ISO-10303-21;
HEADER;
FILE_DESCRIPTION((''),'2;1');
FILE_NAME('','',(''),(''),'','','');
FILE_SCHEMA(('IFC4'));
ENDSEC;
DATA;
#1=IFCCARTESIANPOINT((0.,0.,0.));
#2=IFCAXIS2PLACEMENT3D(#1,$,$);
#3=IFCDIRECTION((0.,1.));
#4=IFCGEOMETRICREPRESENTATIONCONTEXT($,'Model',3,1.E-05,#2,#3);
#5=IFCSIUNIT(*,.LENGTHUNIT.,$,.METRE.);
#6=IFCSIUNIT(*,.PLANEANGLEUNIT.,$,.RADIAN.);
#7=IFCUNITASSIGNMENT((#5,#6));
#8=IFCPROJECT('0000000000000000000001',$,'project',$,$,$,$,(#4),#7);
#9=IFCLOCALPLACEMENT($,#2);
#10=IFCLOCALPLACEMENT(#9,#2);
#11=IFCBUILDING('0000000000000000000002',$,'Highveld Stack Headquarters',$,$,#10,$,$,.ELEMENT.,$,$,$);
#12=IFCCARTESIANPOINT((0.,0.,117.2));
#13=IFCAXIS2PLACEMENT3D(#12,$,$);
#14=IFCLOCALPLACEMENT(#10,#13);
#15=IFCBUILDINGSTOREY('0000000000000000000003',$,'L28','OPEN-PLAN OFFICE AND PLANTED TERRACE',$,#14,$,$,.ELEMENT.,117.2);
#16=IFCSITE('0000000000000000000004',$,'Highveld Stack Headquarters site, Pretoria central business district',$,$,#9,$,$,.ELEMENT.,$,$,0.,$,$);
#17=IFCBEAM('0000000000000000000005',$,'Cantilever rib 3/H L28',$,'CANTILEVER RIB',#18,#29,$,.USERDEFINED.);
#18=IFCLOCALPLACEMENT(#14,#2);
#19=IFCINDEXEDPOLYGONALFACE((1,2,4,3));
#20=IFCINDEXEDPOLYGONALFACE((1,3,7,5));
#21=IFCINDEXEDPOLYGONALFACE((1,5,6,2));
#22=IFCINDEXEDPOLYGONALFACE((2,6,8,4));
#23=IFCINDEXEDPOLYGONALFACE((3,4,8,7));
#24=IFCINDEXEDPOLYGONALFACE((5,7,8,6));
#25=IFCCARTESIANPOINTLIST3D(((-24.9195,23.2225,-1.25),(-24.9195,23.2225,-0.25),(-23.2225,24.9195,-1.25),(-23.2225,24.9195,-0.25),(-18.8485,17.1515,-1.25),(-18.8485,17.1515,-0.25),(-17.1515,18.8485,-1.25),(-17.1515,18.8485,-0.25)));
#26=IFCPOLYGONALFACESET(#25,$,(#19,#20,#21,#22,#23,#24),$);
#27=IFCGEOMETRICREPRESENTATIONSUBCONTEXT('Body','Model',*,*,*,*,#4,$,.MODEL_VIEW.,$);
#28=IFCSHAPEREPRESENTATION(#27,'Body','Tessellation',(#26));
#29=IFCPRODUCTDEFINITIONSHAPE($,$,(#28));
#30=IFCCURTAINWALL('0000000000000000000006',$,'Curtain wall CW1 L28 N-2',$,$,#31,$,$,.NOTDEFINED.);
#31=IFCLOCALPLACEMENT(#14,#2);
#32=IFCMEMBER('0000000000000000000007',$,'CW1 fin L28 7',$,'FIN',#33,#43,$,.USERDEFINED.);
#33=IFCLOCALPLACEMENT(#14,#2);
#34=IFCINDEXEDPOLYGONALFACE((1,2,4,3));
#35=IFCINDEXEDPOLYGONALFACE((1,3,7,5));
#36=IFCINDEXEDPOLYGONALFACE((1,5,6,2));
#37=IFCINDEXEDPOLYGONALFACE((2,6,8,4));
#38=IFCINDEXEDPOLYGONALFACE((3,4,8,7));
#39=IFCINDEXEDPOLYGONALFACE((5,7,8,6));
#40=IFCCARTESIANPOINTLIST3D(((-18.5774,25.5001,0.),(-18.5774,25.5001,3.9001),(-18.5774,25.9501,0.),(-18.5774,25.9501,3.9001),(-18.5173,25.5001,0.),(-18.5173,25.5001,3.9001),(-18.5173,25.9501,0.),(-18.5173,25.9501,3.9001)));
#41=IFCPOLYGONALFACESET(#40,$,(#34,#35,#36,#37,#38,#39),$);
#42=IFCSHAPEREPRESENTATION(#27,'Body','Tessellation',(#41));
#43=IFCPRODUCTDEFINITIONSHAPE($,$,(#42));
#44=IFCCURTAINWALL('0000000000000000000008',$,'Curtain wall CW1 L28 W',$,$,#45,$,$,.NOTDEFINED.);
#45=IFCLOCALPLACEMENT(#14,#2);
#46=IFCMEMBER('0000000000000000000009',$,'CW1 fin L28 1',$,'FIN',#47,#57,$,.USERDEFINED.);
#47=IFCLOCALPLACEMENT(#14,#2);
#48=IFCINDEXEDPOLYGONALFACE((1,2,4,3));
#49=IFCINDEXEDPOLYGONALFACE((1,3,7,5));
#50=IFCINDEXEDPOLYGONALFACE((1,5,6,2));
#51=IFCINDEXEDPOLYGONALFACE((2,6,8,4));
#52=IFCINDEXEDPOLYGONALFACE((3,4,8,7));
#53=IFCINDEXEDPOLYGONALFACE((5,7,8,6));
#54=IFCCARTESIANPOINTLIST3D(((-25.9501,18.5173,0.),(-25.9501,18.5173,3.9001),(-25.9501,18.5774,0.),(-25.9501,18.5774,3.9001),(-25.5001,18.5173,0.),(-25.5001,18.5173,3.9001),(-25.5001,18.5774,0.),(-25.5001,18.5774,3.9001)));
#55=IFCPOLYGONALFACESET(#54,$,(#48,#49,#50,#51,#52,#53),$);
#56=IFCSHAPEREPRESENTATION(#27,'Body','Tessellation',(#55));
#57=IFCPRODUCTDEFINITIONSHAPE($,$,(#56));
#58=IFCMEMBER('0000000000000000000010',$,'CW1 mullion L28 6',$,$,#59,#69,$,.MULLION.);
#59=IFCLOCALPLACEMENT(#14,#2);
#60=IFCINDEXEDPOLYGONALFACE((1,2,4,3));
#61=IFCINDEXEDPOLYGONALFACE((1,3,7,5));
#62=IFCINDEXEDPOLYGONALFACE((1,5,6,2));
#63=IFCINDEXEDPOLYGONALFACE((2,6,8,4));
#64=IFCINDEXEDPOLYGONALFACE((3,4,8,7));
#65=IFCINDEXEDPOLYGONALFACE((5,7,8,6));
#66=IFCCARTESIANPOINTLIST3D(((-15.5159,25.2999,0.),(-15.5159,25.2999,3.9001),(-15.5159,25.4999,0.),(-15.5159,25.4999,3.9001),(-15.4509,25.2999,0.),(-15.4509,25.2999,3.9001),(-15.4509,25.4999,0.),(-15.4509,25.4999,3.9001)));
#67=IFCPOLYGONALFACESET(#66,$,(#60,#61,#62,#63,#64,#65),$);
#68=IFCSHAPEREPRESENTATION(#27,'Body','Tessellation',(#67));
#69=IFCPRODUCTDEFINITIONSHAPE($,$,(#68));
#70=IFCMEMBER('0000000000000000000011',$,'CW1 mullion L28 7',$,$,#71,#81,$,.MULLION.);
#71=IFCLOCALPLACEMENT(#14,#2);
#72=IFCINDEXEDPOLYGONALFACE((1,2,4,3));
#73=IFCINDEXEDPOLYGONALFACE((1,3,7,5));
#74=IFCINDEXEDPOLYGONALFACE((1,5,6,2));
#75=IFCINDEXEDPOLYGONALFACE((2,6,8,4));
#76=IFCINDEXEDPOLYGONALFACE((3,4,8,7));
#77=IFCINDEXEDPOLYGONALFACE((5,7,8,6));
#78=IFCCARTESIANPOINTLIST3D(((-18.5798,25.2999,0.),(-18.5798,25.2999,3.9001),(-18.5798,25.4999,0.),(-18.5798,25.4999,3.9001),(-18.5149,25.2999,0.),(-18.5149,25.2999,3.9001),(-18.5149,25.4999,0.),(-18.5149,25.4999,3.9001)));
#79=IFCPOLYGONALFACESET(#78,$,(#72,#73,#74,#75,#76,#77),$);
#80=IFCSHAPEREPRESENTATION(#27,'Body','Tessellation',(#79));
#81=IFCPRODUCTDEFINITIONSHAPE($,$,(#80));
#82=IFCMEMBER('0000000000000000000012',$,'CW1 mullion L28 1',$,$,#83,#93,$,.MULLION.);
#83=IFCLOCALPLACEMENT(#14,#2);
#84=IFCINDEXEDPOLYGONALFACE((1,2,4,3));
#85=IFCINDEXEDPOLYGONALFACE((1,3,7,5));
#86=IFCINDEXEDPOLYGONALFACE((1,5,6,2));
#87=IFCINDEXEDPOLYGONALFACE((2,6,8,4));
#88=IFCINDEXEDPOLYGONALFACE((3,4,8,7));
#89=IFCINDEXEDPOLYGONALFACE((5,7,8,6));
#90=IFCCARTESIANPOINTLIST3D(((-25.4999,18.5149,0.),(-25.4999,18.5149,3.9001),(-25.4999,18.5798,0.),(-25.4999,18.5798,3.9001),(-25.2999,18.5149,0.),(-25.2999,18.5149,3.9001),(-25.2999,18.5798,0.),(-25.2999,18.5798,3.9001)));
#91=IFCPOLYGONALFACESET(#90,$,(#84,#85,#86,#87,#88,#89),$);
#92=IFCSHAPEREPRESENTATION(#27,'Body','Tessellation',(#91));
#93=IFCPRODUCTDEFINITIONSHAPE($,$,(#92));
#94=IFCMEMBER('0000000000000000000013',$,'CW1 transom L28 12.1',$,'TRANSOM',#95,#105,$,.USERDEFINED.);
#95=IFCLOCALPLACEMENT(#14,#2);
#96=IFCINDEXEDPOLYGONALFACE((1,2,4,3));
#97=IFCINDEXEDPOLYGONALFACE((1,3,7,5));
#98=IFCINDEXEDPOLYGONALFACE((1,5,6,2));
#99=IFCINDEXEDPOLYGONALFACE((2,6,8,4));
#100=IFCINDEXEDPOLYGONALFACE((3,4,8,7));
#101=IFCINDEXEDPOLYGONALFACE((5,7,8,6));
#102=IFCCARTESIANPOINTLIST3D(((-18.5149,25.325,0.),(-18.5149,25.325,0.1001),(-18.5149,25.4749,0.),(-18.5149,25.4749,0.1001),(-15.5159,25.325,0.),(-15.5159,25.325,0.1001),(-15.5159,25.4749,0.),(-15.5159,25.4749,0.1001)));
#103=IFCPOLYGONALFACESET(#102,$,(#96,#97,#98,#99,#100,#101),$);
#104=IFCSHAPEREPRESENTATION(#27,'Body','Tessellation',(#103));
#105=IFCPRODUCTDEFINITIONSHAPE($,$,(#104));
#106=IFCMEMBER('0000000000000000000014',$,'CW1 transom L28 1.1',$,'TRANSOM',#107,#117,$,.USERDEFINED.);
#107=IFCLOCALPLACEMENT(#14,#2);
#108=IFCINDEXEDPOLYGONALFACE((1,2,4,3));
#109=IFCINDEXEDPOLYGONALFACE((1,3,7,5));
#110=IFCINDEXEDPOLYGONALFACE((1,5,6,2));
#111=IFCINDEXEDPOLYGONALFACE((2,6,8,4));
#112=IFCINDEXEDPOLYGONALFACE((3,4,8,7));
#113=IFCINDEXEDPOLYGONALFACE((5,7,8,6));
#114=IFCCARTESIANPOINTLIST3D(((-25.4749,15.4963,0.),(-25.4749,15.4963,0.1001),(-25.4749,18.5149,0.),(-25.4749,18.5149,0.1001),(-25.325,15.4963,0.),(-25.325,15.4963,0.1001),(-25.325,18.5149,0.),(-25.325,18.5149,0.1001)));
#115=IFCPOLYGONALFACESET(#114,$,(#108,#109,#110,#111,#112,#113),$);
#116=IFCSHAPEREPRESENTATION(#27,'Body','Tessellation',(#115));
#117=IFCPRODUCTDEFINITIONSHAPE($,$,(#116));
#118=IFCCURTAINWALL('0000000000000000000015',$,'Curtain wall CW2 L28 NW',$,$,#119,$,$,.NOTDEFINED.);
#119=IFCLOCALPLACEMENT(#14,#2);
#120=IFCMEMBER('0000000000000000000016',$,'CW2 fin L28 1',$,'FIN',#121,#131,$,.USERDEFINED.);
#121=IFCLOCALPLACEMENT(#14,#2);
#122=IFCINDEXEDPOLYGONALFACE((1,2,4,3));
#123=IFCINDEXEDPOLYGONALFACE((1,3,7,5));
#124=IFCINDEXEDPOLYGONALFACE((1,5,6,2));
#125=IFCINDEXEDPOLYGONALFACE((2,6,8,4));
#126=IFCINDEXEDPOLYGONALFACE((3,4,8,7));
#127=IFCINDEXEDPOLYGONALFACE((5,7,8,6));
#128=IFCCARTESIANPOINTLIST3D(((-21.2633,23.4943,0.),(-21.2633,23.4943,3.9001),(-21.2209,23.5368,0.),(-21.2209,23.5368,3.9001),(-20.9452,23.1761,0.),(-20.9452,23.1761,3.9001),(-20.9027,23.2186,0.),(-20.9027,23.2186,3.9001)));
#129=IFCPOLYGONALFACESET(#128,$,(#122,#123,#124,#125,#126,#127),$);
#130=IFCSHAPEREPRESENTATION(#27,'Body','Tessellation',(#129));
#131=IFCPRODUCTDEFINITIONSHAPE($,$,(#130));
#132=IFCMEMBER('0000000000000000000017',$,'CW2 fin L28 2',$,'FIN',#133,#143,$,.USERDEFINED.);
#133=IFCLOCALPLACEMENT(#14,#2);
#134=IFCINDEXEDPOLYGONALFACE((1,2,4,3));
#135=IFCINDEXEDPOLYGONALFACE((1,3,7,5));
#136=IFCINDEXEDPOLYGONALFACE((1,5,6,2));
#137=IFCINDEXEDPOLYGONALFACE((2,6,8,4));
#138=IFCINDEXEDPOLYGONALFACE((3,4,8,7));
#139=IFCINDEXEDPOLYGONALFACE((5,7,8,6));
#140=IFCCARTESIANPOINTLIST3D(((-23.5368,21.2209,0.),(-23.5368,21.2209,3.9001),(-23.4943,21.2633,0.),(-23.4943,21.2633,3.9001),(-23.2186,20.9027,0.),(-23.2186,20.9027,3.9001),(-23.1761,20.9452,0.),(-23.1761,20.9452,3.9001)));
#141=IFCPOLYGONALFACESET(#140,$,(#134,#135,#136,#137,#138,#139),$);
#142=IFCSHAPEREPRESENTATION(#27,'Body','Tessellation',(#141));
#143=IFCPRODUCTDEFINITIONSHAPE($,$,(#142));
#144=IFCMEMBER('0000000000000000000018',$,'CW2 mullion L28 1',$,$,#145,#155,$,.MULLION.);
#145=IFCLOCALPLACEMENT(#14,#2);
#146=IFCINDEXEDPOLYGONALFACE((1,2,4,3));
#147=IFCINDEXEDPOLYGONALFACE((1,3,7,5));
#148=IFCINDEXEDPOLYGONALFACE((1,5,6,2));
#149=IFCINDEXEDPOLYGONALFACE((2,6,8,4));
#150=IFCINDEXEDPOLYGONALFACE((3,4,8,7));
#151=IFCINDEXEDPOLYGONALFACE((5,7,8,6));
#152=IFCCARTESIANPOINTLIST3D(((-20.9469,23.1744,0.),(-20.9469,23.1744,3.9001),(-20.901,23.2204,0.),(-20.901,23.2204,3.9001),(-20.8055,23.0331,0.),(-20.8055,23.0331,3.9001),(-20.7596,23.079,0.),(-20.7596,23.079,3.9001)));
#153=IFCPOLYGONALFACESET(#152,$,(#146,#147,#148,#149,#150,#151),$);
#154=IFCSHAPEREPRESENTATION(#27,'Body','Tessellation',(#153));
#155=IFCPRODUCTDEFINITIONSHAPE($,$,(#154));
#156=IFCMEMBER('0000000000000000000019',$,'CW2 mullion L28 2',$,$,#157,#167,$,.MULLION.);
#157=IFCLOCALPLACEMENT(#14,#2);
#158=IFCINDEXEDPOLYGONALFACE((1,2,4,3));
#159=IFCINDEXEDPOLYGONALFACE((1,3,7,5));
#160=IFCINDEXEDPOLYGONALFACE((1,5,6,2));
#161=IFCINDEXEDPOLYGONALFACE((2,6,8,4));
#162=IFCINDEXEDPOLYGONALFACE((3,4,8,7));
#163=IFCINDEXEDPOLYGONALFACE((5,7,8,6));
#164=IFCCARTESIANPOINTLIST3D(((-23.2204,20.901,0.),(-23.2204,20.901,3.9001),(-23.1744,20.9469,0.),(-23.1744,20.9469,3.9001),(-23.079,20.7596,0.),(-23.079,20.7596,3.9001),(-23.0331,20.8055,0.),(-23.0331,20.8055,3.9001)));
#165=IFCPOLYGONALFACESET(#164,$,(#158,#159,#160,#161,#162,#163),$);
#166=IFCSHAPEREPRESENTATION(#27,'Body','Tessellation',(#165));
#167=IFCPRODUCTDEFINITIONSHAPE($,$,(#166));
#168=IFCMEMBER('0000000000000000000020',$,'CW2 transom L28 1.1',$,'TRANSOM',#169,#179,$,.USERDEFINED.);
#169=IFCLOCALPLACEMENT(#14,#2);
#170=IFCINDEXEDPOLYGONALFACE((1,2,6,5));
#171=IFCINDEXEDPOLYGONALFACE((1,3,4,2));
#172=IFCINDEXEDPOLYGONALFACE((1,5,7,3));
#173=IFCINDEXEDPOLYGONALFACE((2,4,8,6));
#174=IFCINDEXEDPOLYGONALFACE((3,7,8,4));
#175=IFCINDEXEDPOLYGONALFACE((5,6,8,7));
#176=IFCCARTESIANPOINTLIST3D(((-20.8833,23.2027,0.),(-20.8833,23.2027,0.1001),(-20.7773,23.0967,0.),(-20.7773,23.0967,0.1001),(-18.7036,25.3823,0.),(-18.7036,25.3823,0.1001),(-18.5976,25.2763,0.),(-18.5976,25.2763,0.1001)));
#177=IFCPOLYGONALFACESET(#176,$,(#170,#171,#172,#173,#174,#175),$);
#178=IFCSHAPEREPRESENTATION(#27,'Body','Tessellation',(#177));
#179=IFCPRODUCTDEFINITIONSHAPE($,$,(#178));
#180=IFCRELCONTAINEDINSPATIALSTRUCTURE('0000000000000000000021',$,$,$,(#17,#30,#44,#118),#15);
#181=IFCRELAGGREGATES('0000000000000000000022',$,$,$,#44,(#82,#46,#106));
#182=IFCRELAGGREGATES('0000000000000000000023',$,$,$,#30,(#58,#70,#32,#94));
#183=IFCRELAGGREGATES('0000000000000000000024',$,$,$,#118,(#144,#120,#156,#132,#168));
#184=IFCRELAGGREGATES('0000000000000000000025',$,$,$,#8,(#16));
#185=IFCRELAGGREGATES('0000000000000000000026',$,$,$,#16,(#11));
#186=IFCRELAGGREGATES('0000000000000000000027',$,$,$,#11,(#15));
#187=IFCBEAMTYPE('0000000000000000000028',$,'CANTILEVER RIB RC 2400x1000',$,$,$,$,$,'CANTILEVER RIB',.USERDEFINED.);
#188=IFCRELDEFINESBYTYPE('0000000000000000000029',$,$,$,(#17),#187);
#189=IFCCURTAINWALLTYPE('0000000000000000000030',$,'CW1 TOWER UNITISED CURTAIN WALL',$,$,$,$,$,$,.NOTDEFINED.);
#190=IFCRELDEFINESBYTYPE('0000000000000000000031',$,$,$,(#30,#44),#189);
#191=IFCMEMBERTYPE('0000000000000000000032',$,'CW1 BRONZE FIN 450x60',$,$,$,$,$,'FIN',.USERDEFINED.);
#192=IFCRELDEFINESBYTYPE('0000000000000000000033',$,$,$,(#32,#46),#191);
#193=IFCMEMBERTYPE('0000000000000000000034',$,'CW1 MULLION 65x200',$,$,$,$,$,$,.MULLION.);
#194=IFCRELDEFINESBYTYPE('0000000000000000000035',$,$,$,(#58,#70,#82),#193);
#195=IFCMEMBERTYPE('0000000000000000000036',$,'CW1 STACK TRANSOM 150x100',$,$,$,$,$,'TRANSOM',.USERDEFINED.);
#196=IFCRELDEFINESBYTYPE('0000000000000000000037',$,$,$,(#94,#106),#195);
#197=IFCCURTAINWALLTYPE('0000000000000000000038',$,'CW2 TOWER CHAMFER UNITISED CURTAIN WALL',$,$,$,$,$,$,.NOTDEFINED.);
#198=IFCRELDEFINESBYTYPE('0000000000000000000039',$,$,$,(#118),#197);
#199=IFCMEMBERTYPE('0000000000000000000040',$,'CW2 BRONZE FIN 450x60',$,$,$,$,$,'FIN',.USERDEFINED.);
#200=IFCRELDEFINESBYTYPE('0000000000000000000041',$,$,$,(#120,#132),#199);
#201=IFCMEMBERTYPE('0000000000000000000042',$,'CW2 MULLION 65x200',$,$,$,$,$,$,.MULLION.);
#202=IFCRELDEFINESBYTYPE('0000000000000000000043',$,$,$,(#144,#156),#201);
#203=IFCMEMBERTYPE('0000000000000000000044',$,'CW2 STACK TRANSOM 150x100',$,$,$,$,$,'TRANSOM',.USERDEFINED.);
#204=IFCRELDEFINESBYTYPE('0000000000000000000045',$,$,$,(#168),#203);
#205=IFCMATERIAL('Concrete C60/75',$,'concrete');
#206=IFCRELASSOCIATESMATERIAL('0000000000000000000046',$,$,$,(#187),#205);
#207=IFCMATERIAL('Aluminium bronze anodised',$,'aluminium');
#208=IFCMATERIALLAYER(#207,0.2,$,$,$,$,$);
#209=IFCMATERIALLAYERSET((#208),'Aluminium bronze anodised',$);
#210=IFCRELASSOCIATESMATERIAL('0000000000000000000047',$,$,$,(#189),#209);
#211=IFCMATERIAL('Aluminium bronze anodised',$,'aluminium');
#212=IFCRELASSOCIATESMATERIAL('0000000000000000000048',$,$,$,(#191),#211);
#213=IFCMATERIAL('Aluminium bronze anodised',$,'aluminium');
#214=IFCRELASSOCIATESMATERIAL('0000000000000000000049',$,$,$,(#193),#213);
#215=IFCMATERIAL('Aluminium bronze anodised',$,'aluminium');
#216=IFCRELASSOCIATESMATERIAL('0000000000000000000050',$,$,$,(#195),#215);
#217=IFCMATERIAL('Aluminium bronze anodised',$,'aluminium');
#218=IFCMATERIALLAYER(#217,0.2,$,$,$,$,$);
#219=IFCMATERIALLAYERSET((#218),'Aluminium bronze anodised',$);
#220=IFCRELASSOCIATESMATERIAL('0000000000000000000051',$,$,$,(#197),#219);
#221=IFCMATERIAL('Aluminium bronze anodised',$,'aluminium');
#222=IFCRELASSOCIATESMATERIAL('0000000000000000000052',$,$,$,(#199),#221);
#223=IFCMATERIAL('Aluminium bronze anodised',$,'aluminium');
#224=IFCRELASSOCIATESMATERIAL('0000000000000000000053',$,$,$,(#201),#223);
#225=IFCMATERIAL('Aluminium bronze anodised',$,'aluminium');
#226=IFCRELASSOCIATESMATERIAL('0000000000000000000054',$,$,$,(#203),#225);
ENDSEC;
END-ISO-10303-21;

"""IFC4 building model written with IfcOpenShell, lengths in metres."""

from ifc_helpers import new_model, si_unit, direction, frame, origin, origin_2d, place, context, subcontext, project, spatial, rectangle, extrude, material, layer, layer_set, material_profile, profile_set, type_object, element, aggregate, save


model = new_model("IFC4")

# Units and contexts
model_context = context("Model", 3, precision=1e-05, world=origin(), true_north=direction((0.0, 1.0)))
body_context = subcontext(model_context, "Body", "Model", "MODEL_VIEW")
ifc_project = project(units=[si_unit("LENGTHUNIT", "METRE"), si_unit("PLANEANGLEUNIT", "RADIAN")], contexts=[model_context])

# Site, building, storey
site_placement = place(None, origin())
site = spatial("IfcSite", under=ifc_project, at=site_placement, Name="Highveld Stack Headquarters site, Pretoria central business district", CompositionType="ELEMENT", RefElevation=0.0)
building_placement = place(site_placement, origin())
building = spatial("IfcBuilding", under=site, at=building_placement, Name="Highveld Stack Headquarters", CompositionType="ELEMENT")
storey_placement = place(building_placement, frame((0.0, 0.0, 117.2)))
storey = spatial("IfcBuildingStorey", under=building, at=storey_placement, Name="L28", Description="OPEN-PLAN OFFICE AND PLANTED TERRACE", CompositionType="ELEMENT", Elevation=117.2)

# Beam
ifc_material_1 = material(Name="Concrete C60/75", Category="concrete")
ifc_material_profile_1 = material_profile(ifc_material_1, rectangle(XDim=2.3999, YDim=1.0, at=origin_2d()), Name="RC 2400x1000")
ifc_profile_set_1 = profile_set([ifc_material_profile_1], Name="Concrete C60/75")
beam_type_1 = type_object("IfcBeamType", Name="CANTILEVER RIB RC 2400x1000", ElementType="CANTILEVER RIB", PredefinedType="USERDEFINED", material=ifc_profile_set_1)
beam_1_placement = place(storey_placement, frame((-18.0, 18.0, -0.75), z_axis=(-0.707107, 0.707107, 0.0), x_axis=(-0.707107, -0.707107, 0.0)))
element("IfcBeam", 1, at=beam_1_placement, inside=storey, type_object=beam_type_1, Name="Cantilever rib 3/H L28", ObjectType="CANTILEVER RIB", PredefinedType="USERDEFINED", context=body_context, shape_type="SweptSolid", body=[
    extrude(rectangle(XDim=2.3999, YDim=1.0, at=origin_2d()), origin(), (0.0, 0.0, 1.0), 8.5857),
])

# Curtain walls, members
ifc_material_2 = material(Name="Aluminium bronze anodised", Category="aluminium")
ifc_layer_1 = layer(ifc_material_2, 0.2)
ifc_layer_set_1 = layer_set([ifc_layer_1], Name="Aluminium bronze anodised")
curtain_wall_type_1 = type_object("IfcCurtainWallType", Name="CW1 TOWER UNITISED CURTAIN WALL", PredefinedType="NOTDEFINED", material=ifc_layer_set_1)
curtain_wall_1_placement = place(storey_placement, origin())
curtain_wall_1 = element("IfcCurtainWall", 2, at=curtain_wall_1_placement, inside=storey, type_object=curtain_wall_type_1, Name="Curtain wall CW1 L28 N-2", PredefinedType="NOTDEFINED")
ifc_material_3 = material(Name="Aluminium bronze anodised", Category="aluminium")
ifc_material_profile_2 = material_profile(ifc_material_3, rectangle(XDim=0.45, YDim=0.0601, at=origin_2d()), Name="FIN 450x60")
ifc_profile_set_2 = profile_set([ifc_material_profile_2], Name="Aluminium bronze anodised")
member_type_1 = type_object("IfcMemberType", Name="CW1 BRONZE FIN 450x60", ElementType="FIN", PredefinedType="USERDEFINED", material=ifc_profile_set_2)
member_1_placement = place(storey_placement, frame((-18.5474, 25.7251, 0.0), z_axis=(0.0, 0.0, 1.0), x_axis=(0.0, -1.0, 0.0)))
member_1 = element("IfcMember", 3, at=member_1_placement, type_object=member_type_1, Name="CW1 fin L28 7", ObjectType="FIN", PredefinedType="USERDEFINED", context=body_context, shape_type="SweptSolid", body=[
    extrude(rectangle(XDim=0.45, YDim=0.0601, at=origin_2d()), origin(), (0.0, 0.0, 1.0), 3.9001),
])
curtain_wall_2_placement = place(storey_placement, origin())
curtain_wall_2 = element("IfcCurtainWall", 4, at=curtain_wall_2_placement, inside=storey, type_object=curtain_wall_type_1, Name="Curtain wall CW1 L28 W", PredefinedType="NOTDEFINED")
member_2_placement = place(storey_placement, frame((-25.7251, 18.5474, 0.0), z_axis=(0.0, 0.0, 1.0), x_axis=(1.0, 0.0, 0.0)))
member_2 = element("IfcMember", 5, at=member_2_placement, type_object=member_type_1, Name="CW1 fin L28 1", ObjectType="FIN", PredefinedType="USERDEFINED", context=body_context, shape_type="SweptSolid", body=[
    extrude(rectangle(XDim=0.45, YDim=0.0601, at=origin_2d()), origin(), (0.0, 0.0, 1.0), 3.9001),
])

# Members
ifc_material_4 = material(Name="Aluminium bronze anodised", Category="aluminium")
ifc_material_profile_3 = material_profile(ifc_material_4, rectangle(XDim=0.2, YDim=0.0649, at=origin_2d()), Name="CW1 MULLION 65x200")
ifc_profile_set_3 = profile_set([ifc_material_profile_3], Name="Aluminium bronze anodised")
member_type_2 = type_object("IfcMemberType", Name="CW1 MULLION 65x200", PredefinedType="MULLION", material=ifc_profile_set_3)
member_3_placement = place(storey_placement, frame((-15.4834, 25.3999, 0.0), z_axis=(0.0, 0.0, 1.0), x_axis=(0.0, -1.0, 0.0)))
member_3 = element("IfcMember", 6, at=member_3_placement, type_object=member_type_2, Name="CW1 mullion L28 6", PredefinedType="MULLION", context=body_context, shape_type="SweptSolid", body=[
    extrude(rectangle(XDim=0.2, YDim=0.0649, at=origin_2d()), origin(), (0.0, 0.0, 1.0), 3.9001),
])
member_4_placement = place(storey_placement, frame((-18.5474, 25.3999, 0.0), z_axis=(0.0, 0.0, 1.0), x_axis=(0.0, -1.0, 0.0)))
member_4 = element("IfcMember", 7, at=member_4_placement, type_object=member_type_2, Name="CW1 mullion L28 7", PredefinedType="MULLION", context=body_context, shape_type="SweptSolid", body=[
    extrude(rectangle(XDim=0.2, YDim=0.0649, at=origin_2d()), origin(), (0.0, 0.0, 1.0), 3.9001),
])
member_5_placement = place(storey_placement, frame((-25.3999, 18.5474, 0.0), z_axis=(0.0, 0.0, 1.0), x_axis=(1.0, 0.0, 0.0)))
member_5 = element("IfcMember", 8, at=member_5_placement, type_object=member_type_2, Name="CW1 mullion L28 1", PredefinedType="MULLION", context=body_context, shape_type="SweptSolid", body=[
    extrude(rectangle(XDim=0.2, YDim=0.0649, at=origin_2d()), origin(), (0.0, 0.0, 1.0), 3.9001),
])
ifc_material_5 = material(Name="Aluminium bronze anodised", Category="aluminium")
ifc_material_profile_4 = material_profile(ifc_material_5, rectangle(XDim=0.1499, YDim=0.1001, at=origin_2d()), Name="CW1 TRANSOM 150x100")
ifc_profile_set_4 = profile_set([ifc_material_profile_4], Name="Aluminium bronze anodised")
member_type_3 = type_object("IfcMemberType", Name="CW1 STACK TRANSOM 150x100", ElementType="TRANSOM", PredefinedType="USERDEFINED", material=ifc_profile_set_4)
member_6_placement = place(storey_placement, frame((-15.5159, 25.3999, 0.05), z_axis=(-1.0, 0.0, 0.0), x_axis=(0.0, -1.0, 0.0)))
member_6 = element("IfcMember", 9, at=member_6_placement, type_object=member_type_3, Name="CW1 transom L28 12.1", ObjectType="TRANSOM", PredefinedType="USERDEFINED", context=body_context, shape_type="SweptSolid", body=[
    extrude(rectangle(XDim=0.1499, YDim=0.1001, at=origin_2d()), origin(), (0.0, 0.0, 1.0), 2.999),
])
member_7_placement = place(storey_placement, frame((-25.3999, 18.5149, 0.05), z_axis=(0.0, -1.0, 0.0), x_axis=(1.0, 0.0, 0.0)))
member_7 = element("IfcMember", 10, at=member_7_placement, type_object=member_type_3, Name="CW1 transom L28 1.1", ObjectType="TRANSOM", PredefinedType="USERDEFINED", context=body_context, shape_type="SweptSolid", body=[
    extrude(rectangle(XDim=0.1499, YDim=0.1001, at=origin_2d()), origin(), (0.0, 0.0, 1.0), 3.0186),
])
aggregate(curtain_wall_2, [member_5, member_2, member_7])

# Curtain wall, members
ifc_material_6 = material(Name="Aluminium bronze anodised", Category="aluminium")
ifc_layer_2 = layer(ifc_material_6, 0.2)
ifc_layer_set_2 = layer_set([ifc_layer_2], Name="Aluminium bronze anodised")
curtain_wall_type_2 = type_object("IfcCurtainWallType", Name="CW2 TOWER CHAMFER UNITISED CURTAIN WALL", PredefinedType="NOTDEFINED", material=ifc_layer_set_2)
curtain_wall_3_placement = place(storey_placement, origin())
curtain_wall_3 = element("IfcCurtainWall", 11, at=curtain_wall_3_placement, inside=storey, type_object=curtain_wall_type_2, Name="Curtain wall CW2 L28 NW", PredefinedType="NOTDEFINED")
ifc_material_7 = material(Name="Aluminium bronze anodised", Category="aluminium")
ifc_material_profile_5 = material_profile(ifc_material_7, rectangle(XDim=0.45, YDim=0.0601, at=origin_2d()), Name="FIN 450x60")
ifc_profile_set_5 = profile_set([ifc_material_profile_5], Name="Aluminium bronze anodised")
member_type_4 = type_object("IfcMemberType", Name="CW2 BRONZE FIN 450x60", ElementType="FIN", PredefinedType="USERDEFINED", material=ifc_profile_set_5)
member_8_placement = place(storey_placement, frame((-21.083, 23.3564, 0.0), z_axis=(0.0, 0.0, 1.0), x_axis=(0.707107, -0.707107, 0.0)))
member_8 = element("IfcMember", 12, at=member_8_placement, type_object=member_type_4, Name="CW2 fin L28 1", ObjectType="FIN", PredefinedType="USERDEFINED", context=body_context, shape_type="SweptSolid", body=[
    extrude(rectangle(XDim=0.45, YDim=0.0601, at=origin_2d()), origin(), (0.0, 0.0, 1.0), 3.9001),
])
member_9_placement = place(storey_placement, frame((-23.3564, 21.083, 0.0), z_axis=(0.0, 0.0, 1.0), x_axis=(0.707107, -0.707107, 0.0)))
member_9 = element("IfcMember", 13, at=member_9_placement, type_object=member_type_4, Name="CW2 fin L28 2", ObjectType="FIN", PredefinedType="USERDEFINED", context=body_context, shape_type="SweptSolid", body=[
    extrude(rectangle(XDim=0.45, YDim=0.0601, at=origin_2d()), origin(), (0.0, 0.0, 1.0), 3.9001),
])
ifc_material_8 = material(Name="Aluminium bronze anodised", Category="aluminium")
ifc_material_profile_6 = material_profile(ifc_material_8, rectangle(XDim=0.2, YDim=0.0649, at=origin_2d()), Name="CW2 MULLION 65x200")
ifc_profile_set_6 = profile_set([ifc_material_profile_6], Name="Aluminium bronze anodised")
member_type_5 = type_object("IfcMemberType", Name="CW2 MULLION 65x200", PredefinedType="MULLION", material=ifc_profile_set_6)
member_10_placement = place(storey_placement, frame((-20.8533, 23.1267, 0.0), z_axis=(0.0, 0.0, 1.0), x_axis=(0.707107, -0.707107, 0.0)))
member_10 = element("IfcMember", 14, at=member_10_placement, type_object=member_type_5, Name="CW2 mullion L28 1", PredefinedType="MULLION", context=body_context, shape_type="SweptSolid", body=[
    extrude(rectangle(XDim=0.2, YDim=0.0649, at=origin_2d()), origin(), (0.0, 0.0, 1.0), 3.9001),
])
member_11_placement = place(storey_placement, frame((-23.1267, 20.8533, 0.0), z_axis=(0.0, 0.0, 1.0), x_axis=(0.707107, -0.707107, 0.0)))
member_11 = element("IfcMember", 15, at=member_11_placement, type_object=member_type_5, Name="CW2 mullion L28 2", PredefinedType="MULLION", context=body_context, shape_type="SweptSolid", body=[
    extrude(rectangle(XDim=0.2, YDim=0.0649, at=origin_2d()), origin(), (0.0, 0.0, 1.0), 3.9001),
])
ifc_material_9 = material(Name="Aluminium bronze anodised", Category="aluminium")
ifc_material_profile_7 = material_profile(ifc_material_9, rectangle(XDim=0.1499, YDim=0.1001, at=origin_2d()), Name="CW2 TRANSOM 150x100")
ifc_profile_set_7 = profile_set([ifc_material_profile_7], Name="Aluminium bronze anodised")
member_type_6 = type_object("IfcMemberType", Name="CW2 STACK TRANSOM 150x100", ElementType="TRANSOM", PredefinedType="USERDEFINED", material=ifc_profile_set_7)
member_12_placement = place(storey_placement, frame((-18.6506, 25.3293, 0.05), z_axis=(-0.707107, -0.707107, 0.0), x_axis=(0.707107, -0.707107, 0.0)))
member_12 = element("IfcMember", 16, at=member_12_placement, type_object=member_type_6, Name="CW2 transom L28 1.1", ObjectType="TRANSOM", PredefinedType="USERDEFINED", context=body_context, shape_type="SweptSolid", body=[
    extrude(rectangle(XDim=0.1499, YDim=0.1001, at=origin_2d()), origin(), (0.0, 0.0, 1.0), 3.0825),
])

aggregate(curtain_wall_1, [member_3, member_4, member_1, member_6])
aggregate(curtain_wall_3, [member_10, member_8, member_11, member_9, member_12])

save(model, "model.ifc")
